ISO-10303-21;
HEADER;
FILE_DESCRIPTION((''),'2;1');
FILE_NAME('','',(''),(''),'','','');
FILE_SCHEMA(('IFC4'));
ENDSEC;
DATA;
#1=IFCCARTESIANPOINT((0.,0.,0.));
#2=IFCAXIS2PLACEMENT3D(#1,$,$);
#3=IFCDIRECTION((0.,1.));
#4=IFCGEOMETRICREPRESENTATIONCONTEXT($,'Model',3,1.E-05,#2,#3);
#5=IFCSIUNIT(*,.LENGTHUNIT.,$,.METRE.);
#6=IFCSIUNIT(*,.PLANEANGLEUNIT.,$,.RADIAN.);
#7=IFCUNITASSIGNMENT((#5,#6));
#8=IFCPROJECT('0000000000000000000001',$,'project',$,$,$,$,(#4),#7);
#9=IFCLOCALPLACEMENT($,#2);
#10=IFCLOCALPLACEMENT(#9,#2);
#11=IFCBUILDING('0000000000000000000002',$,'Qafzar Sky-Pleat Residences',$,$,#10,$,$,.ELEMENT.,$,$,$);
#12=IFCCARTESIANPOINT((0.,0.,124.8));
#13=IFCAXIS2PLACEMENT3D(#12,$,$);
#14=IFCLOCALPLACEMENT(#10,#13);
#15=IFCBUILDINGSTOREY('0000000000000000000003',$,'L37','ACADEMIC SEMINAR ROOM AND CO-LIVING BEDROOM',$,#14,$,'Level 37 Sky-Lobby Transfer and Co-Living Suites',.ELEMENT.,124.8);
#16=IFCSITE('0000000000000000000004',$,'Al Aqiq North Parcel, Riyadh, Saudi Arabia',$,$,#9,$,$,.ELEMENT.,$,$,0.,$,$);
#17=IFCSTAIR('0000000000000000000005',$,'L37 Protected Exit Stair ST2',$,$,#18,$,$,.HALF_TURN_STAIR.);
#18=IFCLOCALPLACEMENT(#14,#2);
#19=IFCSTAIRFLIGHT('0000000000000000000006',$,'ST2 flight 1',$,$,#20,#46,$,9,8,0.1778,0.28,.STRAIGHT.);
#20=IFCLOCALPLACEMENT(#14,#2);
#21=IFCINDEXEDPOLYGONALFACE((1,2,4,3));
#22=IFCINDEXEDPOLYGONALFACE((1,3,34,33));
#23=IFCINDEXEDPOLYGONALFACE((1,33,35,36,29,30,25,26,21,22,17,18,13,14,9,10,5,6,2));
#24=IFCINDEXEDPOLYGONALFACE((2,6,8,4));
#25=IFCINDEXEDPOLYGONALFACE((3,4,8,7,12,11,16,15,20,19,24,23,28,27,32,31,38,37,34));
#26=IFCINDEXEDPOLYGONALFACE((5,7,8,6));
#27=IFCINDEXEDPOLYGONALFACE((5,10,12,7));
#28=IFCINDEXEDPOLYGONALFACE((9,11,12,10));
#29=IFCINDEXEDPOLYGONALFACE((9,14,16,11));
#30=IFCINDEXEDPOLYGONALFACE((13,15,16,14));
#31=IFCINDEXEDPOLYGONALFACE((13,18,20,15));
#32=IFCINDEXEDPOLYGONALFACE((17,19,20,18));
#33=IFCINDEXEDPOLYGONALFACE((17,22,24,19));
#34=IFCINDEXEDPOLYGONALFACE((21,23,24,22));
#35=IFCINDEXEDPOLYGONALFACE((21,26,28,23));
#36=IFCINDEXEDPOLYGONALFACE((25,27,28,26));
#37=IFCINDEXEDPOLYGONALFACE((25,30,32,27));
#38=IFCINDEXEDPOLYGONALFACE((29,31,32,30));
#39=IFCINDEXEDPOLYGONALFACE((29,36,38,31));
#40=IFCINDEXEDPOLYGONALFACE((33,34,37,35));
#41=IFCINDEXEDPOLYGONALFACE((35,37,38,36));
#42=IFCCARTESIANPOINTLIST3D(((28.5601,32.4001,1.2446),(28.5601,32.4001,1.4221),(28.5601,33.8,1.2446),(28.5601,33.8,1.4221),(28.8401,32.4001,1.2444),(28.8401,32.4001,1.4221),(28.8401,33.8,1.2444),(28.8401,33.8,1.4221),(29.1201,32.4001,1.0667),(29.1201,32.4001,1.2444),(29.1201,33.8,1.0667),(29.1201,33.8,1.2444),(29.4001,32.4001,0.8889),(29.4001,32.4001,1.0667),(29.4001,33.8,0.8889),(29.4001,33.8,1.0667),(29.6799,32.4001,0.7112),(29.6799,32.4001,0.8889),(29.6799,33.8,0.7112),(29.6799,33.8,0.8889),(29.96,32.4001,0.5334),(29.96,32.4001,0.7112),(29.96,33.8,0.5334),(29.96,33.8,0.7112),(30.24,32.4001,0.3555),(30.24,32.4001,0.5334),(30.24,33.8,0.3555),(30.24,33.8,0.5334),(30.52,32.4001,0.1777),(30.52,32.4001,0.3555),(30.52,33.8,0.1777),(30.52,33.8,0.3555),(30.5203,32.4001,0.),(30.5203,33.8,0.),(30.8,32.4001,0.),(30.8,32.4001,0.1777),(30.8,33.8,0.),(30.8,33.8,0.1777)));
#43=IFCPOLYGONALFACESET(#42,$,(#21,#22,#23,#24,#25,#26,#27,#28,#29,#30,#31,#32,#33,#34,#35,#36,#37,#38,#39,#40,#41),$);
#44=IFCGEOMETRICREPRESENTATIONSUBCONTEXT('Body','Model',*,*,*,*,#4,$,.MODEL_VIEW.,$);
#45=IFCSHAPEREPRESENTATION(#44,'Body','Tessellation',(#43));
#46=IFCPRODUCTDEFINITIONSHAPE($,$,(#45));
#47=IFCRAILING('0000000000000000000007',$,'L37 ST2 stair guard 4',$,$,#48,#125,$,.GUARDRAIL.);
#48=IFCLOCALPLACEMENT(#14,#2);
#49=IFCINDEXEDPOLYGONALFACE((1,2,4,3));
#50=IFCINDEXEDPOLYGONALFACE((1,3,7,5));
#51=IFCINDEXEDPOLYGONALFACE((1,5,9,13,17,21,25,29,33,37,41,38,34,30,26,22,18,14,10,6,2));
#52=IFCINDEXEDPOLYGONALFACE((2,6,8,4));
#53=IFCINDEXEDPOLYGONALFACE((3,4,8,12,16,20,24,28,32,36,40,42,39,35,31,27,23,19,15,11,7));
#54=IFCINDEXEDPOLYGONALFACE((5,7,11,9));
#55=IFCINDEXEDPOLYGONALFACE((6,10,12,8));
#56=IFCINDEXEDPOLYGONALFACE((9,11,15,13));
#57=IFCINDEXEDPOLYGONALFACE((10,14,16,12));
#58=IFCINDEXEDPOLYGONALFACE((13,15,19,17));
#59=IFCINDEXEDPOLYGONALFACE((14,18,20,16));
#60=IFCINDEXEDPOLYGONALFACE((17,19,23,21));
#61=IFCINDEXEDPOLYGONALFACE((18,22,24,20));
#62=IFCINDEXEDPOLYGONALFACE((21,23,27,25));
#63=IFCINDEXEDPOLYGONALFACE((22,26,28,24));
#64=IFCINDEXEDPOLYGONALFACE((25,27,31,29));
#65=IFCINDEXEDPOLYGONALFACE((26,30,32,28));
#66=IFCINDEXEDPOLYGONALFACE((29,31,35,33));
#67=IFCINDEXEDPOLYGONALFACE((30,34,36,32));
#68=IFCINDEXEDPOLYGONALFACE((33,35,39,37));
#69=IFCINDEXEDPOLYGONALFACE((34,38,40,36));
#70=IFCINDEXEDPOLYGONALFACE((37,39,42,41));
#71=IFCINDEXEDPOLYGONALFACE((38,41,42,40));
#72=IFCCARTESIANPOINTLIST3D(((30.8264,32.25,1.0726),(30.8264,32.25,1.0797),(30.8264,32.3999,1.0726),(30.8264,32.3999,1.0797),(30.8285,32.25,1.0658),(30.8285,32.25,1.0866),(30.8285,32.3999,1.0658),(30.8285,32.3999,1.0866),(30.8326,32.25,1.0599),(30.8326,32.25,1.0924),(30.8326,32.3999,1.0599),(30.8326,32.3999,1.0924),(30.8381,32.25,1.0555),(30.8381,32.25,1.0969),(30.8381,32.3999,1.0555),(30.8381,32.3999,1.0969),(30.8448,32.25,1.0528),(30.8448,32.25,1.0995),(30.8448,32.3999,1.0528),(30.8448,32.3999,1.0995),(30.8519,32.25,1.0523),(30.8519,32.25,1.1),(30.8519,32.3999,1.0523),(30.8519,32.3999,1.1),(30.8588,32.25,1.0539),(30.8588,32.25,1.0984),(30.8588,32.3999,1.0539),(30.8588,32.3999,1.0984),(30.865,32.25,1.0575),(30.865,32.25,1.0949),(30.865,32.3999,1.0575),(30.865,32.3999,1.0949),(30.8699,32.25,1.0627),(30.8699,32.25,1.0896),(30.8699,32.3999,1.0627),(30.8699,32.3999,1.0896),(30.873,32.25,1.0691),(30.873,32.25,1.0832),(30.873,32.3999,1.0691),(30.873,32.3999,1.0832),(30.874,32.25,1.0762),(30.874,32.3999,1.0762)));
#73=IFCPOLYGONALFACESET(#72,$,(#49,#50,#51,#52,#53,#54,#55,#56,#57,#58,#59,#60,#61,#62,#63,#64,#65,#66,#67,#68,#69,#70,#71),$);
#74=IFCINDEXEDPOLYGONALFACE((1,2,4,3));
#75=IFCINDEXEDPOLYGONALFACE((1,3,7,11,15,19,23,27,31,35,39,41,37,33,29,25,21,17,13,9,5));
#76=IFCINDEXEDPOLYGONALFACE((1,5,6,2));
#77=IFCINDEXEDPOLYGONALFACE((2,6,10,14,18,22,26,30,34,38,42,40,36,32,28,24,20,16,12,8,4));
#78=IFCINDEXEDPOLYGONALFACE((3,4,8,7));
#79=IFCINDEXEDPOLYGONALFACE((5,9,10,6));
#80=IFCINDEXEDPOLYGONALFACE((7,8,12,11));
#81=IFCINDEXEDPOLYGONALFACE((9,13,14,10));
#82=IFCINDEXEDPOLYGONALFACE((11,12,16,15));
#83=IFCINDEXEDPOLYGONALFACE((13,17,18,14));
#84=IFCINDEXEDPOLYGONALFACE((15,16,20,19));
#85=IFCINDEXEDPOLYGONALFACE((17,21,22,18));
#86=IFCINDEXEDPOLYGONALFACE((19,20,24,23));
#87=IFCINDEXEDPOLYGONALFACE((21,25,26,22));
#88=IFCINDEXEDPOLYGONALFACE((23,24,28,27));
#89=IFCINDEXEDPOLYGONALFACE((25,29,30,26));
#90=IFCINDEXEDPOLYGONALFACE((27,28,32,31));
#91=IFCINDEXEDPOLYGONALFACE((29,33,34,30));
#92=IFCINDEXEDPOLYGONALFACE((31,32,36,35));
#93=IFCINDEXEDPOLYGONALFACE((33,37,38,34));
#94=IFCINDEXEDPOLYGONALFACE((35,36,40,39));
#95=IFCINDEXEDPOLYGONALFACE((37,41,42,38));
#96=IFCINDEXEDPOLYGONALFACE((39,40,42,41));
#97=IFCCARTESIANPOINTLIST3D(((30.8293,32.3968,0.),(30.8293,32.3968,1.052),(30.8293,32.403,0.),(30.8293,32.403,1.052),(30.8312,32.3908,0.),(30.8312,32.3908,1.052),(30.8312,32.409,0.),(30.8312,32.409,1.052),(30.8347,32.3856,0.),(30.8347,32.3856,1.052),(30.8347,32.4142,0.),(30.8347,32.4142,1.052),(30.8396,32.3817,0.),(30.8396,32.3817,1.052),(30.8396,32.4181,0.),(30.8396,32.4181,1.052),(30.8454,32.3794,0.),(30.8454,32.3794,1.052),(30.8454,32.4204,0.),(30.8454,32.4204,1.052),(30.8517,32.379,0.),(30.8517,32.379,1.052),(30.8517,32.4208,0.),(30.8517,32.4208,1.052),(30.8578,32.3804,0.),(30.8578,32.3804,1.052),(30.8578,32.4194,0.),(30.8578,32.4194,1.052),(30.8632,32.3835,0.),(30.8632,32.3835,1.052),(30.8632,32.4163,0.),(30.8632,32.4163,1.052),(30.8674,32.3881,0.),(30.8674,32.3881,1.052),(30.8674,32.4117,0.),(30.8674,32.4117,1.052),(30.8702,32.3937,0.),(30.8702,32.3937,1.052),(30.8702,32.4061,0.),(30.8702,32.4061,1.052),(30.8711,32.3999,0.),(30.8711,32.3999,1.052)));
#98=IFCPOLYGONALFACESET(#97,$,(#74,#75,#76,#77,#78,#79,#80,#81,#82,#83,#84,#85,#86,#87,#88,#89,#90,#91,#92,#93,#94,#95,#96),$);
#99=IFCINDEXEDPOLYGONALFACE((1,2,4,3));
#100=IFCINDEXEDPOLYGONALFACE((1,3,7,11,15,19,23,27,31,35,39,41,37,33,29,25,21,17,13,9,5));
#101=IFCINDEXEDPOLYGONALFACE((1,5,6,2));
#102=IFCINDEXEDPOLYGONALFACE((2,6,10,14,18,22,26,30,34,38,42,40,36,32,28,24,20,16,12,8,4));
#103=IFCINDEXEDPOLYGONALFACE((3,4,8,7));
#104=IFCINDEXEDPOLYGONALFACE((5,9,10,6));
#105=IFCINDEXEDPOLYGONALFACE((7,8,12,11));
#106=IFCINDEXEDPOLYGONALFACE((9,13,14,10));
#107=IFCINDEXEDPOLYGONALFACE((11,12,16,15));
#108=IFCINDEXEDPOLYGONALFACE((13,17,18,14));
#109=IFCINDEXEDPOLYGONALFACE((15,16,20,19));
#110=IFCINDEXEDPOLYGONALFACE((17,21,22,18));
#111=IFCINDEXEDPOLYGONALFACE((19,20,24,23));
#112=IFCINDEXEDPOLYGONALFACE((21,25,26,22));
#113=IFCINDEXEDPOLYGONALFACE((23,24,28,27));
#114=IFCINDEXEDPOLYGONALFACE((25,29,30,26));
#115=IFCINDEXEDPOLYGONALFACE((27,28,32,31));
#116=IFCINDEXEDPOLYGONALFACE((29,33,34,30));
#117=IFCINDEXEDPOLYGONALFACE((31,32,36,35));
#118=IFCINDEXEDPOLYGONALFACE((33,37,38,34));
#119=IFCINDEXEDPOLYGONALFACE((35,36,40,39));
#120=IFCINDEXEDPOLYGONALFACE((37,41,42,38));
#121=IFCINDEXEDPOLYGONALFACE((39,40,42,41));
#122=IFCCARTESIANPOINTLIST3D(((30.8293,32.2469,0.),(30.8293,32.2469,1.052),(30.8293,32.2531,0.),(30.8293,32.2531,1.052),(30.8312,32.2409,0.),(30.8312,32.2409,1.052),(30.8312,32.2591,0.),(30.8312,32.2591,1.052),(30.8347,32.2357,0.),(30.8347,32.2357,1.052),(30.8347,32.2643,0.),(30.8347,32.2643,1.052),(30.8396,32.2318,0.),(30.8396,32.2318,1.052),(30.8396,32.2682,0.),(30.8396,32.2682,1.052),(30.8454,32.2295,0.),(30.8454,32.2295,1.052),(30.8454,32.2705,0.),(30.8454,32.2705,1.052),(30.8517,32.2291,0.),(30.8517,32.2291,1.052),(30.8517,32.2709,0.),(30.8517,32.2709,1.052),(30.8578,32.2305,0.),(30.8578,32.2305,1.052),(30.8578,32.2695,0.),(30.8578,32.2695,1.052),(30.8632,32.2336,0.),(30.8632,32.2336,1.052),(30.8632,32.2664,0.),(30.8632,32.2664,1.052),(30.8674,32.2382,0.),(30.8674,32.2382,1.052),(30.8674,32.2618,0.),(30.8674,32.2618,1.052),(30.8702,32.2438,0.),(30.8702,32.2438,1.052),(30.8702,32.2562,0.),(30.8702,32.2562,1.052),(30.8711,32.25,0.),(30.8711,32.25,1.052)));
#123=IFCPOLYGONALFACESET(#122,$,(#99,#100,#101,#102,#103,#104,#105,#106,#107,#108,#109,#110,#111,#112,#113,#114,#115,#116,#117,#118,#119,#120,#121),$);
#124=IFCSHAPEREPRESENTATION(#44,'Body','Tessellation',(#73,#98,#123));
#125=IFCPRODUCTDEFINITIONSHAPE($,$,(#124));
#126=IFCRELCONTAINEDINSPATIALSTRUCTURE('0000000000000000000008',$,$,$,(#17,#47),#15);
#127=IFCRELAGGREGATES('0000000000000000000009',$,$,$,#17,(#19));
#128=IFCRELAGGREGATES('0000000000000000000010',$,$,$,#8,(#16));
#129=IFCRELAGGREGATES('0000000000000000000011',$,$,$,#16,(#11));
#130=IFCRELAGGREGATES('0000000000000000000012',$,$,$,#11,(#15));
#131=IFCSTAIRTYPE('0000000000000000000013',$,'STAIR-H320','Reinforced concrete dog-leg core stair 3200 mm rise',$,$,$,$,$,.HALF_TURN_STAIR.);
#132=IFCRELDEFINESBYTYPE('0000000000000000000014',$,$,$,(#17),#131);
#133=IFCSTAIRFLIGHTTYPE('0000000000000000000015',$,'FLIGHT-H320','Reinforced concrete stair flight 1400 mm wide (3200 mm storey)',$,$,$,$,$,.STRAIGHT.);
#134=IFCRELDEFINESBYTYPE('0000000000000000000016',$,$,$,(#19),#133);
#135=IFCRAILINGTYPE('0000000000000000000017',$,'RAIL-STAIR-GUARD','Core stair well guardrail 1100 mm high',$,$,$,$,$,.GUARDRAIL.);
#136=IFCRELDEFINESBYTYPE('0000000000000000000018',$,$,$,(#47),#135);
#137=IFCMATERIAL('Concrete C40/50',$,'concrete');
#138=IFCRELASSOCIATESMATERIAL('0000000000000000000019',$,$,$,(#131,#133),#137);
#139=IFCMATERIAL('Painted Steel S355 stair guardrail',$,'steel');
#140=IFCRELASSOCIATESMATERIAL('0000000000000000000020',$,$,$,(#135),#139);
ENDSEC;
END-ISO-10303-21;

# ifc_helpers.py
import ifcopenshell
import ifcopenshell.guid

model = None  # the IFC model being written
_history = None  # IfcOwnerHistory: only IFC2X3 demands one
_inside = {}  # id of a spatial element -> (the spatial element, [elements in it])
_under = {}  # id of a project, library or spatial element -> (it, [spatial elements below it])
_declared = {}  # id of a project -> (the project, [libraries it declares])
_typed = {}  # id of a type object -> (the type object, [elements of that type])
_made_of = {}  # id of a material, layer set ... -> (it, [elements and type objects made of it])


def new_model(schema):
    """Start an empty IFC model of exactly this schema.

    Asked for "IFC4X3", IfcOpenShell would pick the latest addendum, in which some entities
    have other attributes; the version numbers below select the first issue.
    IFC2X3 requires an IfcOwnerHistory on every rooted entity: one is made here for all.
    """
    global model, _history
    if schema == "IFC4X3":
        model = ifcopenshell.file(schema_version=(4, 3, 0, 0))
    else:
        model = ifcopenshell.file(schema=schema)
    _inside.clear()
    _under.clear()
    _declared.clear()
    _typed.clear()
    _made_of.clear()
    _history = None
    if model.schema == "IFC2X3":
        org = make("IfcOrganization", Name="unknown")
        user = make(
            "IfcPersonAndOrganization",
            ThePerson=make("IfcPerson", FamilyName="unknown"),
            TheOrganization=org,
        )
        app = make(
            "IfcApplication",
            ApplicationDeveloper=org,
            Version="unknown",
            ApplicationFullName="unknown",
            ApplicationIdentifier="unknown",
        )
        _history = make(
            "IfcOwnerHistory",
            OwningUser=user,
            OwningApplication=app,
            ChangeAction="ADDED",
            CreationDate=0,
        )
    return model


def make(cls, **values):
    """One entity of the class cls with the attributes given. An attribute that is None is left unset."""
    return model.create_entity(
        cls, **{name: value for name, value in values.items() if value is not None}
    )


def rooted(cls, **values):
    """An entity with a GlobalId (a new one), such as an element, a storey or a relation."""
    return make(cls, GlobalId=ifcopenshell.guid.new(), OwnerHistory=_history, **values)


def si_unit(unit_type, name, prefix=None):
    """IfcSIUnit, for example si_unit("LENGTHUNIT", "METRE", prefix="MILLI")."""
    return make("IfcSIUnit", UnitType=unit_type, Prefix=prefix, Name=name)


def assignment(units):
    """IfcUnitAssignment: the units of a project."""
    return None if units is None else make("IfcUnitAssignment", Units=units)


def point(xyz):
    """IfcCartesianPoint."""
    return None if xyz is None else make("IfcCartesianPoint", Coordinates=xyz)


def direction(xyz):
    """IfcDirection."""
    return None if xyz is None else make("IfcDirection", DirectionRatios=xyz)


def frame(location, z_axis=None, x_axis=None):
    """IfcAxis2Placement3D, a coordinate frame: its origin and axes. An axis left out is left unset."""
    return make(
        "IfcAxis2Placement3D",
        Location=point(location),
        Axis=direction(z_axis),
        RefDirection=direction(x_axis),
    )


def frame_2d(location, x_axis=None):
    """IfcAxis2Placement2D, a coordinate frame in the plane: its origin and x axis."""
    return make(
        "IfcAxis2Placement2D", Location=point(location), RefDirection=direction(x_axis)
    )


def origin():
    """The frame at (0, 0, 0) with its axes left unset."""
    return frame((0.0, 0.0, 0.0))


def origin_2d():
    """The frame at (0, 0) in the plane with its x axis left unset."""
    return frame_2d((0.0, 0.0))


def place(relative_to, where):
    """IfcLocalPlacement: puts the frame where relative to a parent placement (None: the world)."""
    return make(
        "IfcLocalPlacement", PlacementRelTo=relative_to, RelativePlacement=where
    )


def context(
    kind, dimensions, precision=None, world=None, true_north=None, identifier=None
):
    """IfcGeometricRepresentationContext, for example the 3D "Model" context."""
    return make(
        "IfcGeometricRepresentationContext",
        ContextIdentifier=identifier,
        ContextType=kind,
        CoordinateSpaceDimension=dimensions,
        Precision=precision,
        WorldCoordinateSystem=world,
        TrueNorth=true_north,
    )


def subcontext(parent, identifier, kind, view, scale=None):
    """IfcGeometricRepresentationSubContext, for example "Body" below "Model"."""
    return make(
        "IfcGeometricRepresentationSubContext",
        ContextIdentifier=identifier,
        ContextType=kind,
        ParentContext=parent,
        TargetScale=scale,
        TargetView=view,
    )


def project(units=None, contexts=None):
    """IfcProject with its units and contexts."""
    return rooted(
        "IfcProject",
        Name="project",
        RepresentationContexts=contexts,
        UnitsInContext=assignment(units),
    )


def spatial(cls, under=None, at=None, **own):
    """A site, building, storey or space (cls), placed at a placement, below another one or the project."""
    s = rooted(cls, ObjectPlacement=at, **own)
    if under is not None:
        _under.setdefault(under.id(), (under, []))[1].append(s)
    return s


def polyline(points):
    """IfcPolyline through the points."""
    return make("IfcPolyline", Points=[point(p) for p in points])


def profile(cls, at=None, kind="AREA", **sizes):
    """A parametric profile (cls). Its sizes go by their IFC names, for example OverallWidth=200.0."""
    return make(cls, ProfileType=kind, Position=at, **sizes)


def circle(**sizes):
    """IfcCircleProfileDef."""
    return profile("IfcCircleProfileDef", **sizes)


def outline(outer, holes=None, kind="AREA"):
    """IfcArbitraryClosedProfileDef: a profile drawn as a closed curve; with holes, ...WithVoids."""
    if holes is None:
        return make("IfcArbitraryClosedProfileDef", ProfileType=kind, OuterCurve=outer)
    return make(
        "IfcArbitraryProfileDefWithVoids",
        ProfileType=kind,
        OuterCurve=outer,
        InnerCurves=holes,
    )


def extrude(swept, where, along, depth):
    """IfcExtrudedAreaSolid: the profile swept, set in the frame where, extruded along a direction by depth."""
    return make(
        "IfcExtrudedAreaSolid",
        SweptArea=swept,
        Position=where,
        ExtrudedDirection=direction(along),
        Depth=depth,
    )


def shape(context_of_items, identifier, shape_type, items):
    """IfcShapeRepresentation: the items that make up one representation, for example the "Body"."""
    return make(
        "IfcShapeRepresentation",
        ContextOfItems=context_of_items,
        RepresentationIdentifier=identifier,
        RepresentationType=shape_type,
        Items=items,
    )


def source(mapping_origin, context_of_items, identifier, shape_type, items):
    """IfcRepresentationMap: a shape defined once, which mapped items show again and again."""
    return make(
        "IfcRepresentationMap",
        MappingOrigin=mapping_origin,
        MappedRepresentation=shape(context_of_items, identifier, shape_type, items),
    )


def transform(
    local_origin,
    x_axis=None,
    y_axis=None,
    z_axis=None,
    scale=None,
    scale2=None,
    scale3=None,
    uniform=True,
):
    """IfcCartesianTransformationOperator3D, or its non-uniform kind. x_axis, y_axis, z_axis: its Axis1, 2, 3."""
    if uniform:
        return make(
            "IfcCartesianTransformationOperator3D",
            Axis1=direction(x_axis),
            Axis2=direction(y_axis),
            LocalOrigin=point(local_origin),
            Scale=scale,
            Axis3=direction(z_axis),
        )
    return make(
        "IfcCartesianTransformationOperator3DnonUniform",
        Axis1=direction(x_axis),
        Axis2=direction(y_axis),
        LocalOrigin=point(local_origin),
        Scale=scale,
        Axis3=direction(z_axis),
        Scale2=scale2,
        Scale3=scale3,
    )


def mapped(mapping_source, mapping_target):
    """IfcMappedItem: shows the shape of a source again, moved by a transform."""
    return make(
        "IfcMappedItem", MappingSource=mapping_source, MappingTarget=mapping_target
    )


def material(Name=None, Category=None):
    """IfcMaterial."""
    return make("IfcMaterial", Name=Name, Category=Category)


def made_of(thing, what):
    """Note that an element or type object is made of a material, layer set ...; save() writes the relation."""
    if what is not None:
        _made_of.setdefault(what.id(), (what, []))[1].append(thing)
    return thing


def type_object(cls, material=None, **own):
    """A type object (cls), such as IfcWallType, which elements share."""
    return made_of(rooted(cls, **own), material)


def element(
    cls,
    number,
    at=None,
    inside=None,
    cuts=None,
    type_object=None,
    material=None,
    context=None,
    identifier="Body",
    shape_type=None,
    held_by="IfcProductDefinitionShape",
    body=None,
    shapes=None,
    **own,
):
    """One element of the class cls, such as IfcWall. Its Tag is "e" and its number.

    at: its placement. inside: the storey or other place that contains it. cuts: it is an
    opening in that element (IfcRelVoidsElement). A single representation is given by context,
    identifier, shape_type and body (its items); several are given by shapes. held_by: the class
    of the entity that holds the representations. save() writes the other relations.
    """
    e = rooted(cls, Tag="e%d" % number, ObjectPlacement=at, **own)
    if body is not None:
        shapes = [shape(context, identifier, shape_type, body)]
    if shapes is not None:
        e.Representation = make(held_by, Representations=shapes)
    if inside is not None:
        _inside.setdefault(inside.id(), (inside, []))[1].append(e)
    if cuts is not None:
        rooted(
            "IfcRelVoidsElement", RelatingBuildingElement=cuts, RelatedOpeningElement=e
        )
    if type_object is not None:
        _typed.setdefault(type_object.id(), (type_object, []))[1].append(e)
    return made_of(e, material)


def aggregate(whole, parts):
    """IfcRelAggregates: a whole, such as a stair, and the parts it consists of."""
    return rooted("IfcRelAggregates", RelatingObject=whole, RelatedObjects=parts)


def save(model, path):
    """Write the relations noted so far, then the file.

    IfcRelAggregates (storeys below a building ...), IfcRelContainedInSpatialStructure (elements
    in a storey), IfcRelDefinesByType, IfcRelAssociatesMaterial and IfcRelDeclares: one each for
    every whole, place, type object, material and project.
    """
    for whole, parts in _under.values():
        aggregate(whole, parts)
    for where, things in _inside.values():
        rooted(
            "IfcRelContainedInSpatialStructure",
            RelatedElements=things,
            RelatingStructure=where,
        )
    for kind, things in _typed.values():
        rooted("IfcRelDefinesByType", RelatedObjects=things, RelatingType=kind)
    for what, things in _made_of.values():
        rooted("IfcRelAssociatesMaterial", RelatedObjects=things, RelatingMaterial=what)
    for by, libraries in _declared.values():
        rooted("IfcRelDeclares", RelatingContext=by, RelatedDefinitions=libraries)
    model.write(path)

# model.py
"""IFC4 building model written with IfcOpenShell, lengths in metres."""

from ifc_helpers import new_model, si_unit, direction, frame, origin, origin_2d, place, context, subcontext, project, spatial, polyline, circle, outline, extrude, source, transform, mapped, material, type_object, element, aggregate, save


model = new_model("IFC4")

# Units and contexts
model_context = context("Model", 3, precision=1e-05, world=origin(), true_north=direction((0.0, 1.0)))
body_context = subcontext(model_context, "Body", "Model", "MODEL_VIEW")
ifc_project = project(units=[si_unit("LENGTHUNIT", "METRE"), si_unit("PLANEANGLEUNIT", "RADIAN")], contexts=[model_context])

# Site, building, storey
site_placement = place(None, origin())
site = spatial("IfcSite", under=ifc_project, at=site_placement, Name="Al Aqiq North Parcel, Riyadh, Saudi Arabia", CompositionType="ELEMENT", RefElevation=0.0)
building_placement = place(site_placement, origin())
building = spatial("IfcBuilding", under=site, at=building_placement, Name="Qafzar Sky-Pleat Residences", CompositionType="ELEMENT")
storey_placement = place(building_placement, frame((0.0, 0.0, 124.8)))
storey = spatial("IfcBuildingStorey", under=building, at=storey_placement, Name="L37", Description="ACADEMIC SEMINAR ROOM AND CO-LIVING BEDROOM", LongName="Level 37 Sky-Lobby Transfer and Co-Living Suites", CompositionType="ELEMENT", Elevation=124.8)

# Stair, stair flight
ifc_material_1 = material(Name="Concrete C40/50", Category="concrete")
stair_type = type_object("IfcStairType", Name="STAIR-H320", Description="Reinforced concrete dog-leg core stair 3200 mm rise", PredefinedType="HALF_TURN_STAIR", material=ifc_material_1)
stair_placement = place(storey_placement, origin())
stair = element("IfcStair", 1, at=stair_placement, inside=storey, type_object=stair_type, Name="L37 Protected Exit Stair ST2", PredefinedType="HALF_TURN_STAIR")
stair_flight_type = type_object("IfcStairFlightType", Name="FLIGHT-H320", Description="Reinforced concrete stair flight 1400 mm wide (3200 mm storey)", PredefinedType="STRAIGHT", material=ifc_material_1)
shared_shape_1 = source(origin(), body_context, "Body", "SweptSolid", [
    extrude(outline(polyline([(0.0, 0.0), (0.0, 0.1777), (0.28, 0.1777), (0.28, 0.3555), (0.5601, 0.3555), (0.5601, 0.5334), (0.8401, 0.5334), (0.8401, 0.7112), (1.1201, 0.7112), (1.1201, 0.8889), (1.3999, 0.8889), (1.3999, 1.0667), (1.6799, 1.0667), (1.6799, 1.2444), (1.96, 1.2444), (1.96, 1.4221), (2.24, 1.4221), (2.24, 1.6001), (2.24, 1.2446), (0.2798, 0.0), (0.0, 0.0)])), frame((0.0, 0.7, 0.0), z_axis=(0.0, -1.0, 0.0), x_axis=(1.0, 0.0, 0.0)), (0.0, 0.0, 1.0), 1.3999),
])
stair_flight_placement = place(storey_placement, frame((30.8, 33.1001, 0.0), z_axis=(0.0, 0.0, 1.0), x_axis=(-1.0, 0.0, 0.0)))
stair_flight = element("IfcStairFlight", 2, at=stair_flight_placement, type_object=stair_flight_type, Name="ST2 flight 1", NumberOfRisers=9, NumberOfTreads=8, PredefinedType="STRAIGHT", RiserHeight=0.1778, TreadLength=0.28, context=body_context, shape_type="MappedRepresentation", body=[
    mapped(shared_shape_1, transform((0.0, 0.0, 0.0), x_axis=(1.0, 0.0, 0.0), y_axis=(0.0, 1.0, 0.0), z_axis=(0.0, 0.0, 1.0), scale=1.0)),
])
aggregate(stair, [stair_flight])

# Railing
ifc_material_2 = material(Name="Painted Steel S355 stair guardrail", Category="steel")
railing_type_1 = type_object("IfcRailingType", Name="RAIL-STAIR-GUARD", Description="Core stair well guardrail 1100 mm high", PredefinedType="GUARDRAIL", material=ifc_material_2)
shared_shape_2 = source(origin(), body_context, "Body", "SweptSolid", [
    extrude(circle(Radius=0.0239, at=origin_2d()), frame((0.0, 0.0, 1.0762), z_axis=(0.0, -1.0, 0.0), x_axis=(1.0, 0.0, 0.0)), (0.0, 0.0, 1.0), 0.1499),
    extrude(circle(Radius=0.021, at=origin_2d()), origin(), (0.0, 0.0, 1.0), 1.052),
    extrude(circle(Radius=0.021, at=origin_2d()), frame((0.0, -0.1499, 0.0)), (0.0, 0.0, 1.0), 1.052),
])
railing_1_placement = place(storey_placement, frame((30.8501, 32.3999, 0.0)))
element("IfcRailing", 3, at=railing_1_placement, inside=storey, type_object=railing_type_1, Name="L37 ST2 stair guard 4", PredefinedType="GUARDRAIL", context=body_context, shape_type="MappedRepresentation", body=[
    mapped(shared_shape_2, transform((0.0, 0.0, 0.0), x_axis=(1.0, 0.0, 0.0), y_axis=(0.0, 1.0, 0.0), z_axis=(0.0, 0.0, 1.0), scale=1.0)),
])

save(model, "model.ifc")
